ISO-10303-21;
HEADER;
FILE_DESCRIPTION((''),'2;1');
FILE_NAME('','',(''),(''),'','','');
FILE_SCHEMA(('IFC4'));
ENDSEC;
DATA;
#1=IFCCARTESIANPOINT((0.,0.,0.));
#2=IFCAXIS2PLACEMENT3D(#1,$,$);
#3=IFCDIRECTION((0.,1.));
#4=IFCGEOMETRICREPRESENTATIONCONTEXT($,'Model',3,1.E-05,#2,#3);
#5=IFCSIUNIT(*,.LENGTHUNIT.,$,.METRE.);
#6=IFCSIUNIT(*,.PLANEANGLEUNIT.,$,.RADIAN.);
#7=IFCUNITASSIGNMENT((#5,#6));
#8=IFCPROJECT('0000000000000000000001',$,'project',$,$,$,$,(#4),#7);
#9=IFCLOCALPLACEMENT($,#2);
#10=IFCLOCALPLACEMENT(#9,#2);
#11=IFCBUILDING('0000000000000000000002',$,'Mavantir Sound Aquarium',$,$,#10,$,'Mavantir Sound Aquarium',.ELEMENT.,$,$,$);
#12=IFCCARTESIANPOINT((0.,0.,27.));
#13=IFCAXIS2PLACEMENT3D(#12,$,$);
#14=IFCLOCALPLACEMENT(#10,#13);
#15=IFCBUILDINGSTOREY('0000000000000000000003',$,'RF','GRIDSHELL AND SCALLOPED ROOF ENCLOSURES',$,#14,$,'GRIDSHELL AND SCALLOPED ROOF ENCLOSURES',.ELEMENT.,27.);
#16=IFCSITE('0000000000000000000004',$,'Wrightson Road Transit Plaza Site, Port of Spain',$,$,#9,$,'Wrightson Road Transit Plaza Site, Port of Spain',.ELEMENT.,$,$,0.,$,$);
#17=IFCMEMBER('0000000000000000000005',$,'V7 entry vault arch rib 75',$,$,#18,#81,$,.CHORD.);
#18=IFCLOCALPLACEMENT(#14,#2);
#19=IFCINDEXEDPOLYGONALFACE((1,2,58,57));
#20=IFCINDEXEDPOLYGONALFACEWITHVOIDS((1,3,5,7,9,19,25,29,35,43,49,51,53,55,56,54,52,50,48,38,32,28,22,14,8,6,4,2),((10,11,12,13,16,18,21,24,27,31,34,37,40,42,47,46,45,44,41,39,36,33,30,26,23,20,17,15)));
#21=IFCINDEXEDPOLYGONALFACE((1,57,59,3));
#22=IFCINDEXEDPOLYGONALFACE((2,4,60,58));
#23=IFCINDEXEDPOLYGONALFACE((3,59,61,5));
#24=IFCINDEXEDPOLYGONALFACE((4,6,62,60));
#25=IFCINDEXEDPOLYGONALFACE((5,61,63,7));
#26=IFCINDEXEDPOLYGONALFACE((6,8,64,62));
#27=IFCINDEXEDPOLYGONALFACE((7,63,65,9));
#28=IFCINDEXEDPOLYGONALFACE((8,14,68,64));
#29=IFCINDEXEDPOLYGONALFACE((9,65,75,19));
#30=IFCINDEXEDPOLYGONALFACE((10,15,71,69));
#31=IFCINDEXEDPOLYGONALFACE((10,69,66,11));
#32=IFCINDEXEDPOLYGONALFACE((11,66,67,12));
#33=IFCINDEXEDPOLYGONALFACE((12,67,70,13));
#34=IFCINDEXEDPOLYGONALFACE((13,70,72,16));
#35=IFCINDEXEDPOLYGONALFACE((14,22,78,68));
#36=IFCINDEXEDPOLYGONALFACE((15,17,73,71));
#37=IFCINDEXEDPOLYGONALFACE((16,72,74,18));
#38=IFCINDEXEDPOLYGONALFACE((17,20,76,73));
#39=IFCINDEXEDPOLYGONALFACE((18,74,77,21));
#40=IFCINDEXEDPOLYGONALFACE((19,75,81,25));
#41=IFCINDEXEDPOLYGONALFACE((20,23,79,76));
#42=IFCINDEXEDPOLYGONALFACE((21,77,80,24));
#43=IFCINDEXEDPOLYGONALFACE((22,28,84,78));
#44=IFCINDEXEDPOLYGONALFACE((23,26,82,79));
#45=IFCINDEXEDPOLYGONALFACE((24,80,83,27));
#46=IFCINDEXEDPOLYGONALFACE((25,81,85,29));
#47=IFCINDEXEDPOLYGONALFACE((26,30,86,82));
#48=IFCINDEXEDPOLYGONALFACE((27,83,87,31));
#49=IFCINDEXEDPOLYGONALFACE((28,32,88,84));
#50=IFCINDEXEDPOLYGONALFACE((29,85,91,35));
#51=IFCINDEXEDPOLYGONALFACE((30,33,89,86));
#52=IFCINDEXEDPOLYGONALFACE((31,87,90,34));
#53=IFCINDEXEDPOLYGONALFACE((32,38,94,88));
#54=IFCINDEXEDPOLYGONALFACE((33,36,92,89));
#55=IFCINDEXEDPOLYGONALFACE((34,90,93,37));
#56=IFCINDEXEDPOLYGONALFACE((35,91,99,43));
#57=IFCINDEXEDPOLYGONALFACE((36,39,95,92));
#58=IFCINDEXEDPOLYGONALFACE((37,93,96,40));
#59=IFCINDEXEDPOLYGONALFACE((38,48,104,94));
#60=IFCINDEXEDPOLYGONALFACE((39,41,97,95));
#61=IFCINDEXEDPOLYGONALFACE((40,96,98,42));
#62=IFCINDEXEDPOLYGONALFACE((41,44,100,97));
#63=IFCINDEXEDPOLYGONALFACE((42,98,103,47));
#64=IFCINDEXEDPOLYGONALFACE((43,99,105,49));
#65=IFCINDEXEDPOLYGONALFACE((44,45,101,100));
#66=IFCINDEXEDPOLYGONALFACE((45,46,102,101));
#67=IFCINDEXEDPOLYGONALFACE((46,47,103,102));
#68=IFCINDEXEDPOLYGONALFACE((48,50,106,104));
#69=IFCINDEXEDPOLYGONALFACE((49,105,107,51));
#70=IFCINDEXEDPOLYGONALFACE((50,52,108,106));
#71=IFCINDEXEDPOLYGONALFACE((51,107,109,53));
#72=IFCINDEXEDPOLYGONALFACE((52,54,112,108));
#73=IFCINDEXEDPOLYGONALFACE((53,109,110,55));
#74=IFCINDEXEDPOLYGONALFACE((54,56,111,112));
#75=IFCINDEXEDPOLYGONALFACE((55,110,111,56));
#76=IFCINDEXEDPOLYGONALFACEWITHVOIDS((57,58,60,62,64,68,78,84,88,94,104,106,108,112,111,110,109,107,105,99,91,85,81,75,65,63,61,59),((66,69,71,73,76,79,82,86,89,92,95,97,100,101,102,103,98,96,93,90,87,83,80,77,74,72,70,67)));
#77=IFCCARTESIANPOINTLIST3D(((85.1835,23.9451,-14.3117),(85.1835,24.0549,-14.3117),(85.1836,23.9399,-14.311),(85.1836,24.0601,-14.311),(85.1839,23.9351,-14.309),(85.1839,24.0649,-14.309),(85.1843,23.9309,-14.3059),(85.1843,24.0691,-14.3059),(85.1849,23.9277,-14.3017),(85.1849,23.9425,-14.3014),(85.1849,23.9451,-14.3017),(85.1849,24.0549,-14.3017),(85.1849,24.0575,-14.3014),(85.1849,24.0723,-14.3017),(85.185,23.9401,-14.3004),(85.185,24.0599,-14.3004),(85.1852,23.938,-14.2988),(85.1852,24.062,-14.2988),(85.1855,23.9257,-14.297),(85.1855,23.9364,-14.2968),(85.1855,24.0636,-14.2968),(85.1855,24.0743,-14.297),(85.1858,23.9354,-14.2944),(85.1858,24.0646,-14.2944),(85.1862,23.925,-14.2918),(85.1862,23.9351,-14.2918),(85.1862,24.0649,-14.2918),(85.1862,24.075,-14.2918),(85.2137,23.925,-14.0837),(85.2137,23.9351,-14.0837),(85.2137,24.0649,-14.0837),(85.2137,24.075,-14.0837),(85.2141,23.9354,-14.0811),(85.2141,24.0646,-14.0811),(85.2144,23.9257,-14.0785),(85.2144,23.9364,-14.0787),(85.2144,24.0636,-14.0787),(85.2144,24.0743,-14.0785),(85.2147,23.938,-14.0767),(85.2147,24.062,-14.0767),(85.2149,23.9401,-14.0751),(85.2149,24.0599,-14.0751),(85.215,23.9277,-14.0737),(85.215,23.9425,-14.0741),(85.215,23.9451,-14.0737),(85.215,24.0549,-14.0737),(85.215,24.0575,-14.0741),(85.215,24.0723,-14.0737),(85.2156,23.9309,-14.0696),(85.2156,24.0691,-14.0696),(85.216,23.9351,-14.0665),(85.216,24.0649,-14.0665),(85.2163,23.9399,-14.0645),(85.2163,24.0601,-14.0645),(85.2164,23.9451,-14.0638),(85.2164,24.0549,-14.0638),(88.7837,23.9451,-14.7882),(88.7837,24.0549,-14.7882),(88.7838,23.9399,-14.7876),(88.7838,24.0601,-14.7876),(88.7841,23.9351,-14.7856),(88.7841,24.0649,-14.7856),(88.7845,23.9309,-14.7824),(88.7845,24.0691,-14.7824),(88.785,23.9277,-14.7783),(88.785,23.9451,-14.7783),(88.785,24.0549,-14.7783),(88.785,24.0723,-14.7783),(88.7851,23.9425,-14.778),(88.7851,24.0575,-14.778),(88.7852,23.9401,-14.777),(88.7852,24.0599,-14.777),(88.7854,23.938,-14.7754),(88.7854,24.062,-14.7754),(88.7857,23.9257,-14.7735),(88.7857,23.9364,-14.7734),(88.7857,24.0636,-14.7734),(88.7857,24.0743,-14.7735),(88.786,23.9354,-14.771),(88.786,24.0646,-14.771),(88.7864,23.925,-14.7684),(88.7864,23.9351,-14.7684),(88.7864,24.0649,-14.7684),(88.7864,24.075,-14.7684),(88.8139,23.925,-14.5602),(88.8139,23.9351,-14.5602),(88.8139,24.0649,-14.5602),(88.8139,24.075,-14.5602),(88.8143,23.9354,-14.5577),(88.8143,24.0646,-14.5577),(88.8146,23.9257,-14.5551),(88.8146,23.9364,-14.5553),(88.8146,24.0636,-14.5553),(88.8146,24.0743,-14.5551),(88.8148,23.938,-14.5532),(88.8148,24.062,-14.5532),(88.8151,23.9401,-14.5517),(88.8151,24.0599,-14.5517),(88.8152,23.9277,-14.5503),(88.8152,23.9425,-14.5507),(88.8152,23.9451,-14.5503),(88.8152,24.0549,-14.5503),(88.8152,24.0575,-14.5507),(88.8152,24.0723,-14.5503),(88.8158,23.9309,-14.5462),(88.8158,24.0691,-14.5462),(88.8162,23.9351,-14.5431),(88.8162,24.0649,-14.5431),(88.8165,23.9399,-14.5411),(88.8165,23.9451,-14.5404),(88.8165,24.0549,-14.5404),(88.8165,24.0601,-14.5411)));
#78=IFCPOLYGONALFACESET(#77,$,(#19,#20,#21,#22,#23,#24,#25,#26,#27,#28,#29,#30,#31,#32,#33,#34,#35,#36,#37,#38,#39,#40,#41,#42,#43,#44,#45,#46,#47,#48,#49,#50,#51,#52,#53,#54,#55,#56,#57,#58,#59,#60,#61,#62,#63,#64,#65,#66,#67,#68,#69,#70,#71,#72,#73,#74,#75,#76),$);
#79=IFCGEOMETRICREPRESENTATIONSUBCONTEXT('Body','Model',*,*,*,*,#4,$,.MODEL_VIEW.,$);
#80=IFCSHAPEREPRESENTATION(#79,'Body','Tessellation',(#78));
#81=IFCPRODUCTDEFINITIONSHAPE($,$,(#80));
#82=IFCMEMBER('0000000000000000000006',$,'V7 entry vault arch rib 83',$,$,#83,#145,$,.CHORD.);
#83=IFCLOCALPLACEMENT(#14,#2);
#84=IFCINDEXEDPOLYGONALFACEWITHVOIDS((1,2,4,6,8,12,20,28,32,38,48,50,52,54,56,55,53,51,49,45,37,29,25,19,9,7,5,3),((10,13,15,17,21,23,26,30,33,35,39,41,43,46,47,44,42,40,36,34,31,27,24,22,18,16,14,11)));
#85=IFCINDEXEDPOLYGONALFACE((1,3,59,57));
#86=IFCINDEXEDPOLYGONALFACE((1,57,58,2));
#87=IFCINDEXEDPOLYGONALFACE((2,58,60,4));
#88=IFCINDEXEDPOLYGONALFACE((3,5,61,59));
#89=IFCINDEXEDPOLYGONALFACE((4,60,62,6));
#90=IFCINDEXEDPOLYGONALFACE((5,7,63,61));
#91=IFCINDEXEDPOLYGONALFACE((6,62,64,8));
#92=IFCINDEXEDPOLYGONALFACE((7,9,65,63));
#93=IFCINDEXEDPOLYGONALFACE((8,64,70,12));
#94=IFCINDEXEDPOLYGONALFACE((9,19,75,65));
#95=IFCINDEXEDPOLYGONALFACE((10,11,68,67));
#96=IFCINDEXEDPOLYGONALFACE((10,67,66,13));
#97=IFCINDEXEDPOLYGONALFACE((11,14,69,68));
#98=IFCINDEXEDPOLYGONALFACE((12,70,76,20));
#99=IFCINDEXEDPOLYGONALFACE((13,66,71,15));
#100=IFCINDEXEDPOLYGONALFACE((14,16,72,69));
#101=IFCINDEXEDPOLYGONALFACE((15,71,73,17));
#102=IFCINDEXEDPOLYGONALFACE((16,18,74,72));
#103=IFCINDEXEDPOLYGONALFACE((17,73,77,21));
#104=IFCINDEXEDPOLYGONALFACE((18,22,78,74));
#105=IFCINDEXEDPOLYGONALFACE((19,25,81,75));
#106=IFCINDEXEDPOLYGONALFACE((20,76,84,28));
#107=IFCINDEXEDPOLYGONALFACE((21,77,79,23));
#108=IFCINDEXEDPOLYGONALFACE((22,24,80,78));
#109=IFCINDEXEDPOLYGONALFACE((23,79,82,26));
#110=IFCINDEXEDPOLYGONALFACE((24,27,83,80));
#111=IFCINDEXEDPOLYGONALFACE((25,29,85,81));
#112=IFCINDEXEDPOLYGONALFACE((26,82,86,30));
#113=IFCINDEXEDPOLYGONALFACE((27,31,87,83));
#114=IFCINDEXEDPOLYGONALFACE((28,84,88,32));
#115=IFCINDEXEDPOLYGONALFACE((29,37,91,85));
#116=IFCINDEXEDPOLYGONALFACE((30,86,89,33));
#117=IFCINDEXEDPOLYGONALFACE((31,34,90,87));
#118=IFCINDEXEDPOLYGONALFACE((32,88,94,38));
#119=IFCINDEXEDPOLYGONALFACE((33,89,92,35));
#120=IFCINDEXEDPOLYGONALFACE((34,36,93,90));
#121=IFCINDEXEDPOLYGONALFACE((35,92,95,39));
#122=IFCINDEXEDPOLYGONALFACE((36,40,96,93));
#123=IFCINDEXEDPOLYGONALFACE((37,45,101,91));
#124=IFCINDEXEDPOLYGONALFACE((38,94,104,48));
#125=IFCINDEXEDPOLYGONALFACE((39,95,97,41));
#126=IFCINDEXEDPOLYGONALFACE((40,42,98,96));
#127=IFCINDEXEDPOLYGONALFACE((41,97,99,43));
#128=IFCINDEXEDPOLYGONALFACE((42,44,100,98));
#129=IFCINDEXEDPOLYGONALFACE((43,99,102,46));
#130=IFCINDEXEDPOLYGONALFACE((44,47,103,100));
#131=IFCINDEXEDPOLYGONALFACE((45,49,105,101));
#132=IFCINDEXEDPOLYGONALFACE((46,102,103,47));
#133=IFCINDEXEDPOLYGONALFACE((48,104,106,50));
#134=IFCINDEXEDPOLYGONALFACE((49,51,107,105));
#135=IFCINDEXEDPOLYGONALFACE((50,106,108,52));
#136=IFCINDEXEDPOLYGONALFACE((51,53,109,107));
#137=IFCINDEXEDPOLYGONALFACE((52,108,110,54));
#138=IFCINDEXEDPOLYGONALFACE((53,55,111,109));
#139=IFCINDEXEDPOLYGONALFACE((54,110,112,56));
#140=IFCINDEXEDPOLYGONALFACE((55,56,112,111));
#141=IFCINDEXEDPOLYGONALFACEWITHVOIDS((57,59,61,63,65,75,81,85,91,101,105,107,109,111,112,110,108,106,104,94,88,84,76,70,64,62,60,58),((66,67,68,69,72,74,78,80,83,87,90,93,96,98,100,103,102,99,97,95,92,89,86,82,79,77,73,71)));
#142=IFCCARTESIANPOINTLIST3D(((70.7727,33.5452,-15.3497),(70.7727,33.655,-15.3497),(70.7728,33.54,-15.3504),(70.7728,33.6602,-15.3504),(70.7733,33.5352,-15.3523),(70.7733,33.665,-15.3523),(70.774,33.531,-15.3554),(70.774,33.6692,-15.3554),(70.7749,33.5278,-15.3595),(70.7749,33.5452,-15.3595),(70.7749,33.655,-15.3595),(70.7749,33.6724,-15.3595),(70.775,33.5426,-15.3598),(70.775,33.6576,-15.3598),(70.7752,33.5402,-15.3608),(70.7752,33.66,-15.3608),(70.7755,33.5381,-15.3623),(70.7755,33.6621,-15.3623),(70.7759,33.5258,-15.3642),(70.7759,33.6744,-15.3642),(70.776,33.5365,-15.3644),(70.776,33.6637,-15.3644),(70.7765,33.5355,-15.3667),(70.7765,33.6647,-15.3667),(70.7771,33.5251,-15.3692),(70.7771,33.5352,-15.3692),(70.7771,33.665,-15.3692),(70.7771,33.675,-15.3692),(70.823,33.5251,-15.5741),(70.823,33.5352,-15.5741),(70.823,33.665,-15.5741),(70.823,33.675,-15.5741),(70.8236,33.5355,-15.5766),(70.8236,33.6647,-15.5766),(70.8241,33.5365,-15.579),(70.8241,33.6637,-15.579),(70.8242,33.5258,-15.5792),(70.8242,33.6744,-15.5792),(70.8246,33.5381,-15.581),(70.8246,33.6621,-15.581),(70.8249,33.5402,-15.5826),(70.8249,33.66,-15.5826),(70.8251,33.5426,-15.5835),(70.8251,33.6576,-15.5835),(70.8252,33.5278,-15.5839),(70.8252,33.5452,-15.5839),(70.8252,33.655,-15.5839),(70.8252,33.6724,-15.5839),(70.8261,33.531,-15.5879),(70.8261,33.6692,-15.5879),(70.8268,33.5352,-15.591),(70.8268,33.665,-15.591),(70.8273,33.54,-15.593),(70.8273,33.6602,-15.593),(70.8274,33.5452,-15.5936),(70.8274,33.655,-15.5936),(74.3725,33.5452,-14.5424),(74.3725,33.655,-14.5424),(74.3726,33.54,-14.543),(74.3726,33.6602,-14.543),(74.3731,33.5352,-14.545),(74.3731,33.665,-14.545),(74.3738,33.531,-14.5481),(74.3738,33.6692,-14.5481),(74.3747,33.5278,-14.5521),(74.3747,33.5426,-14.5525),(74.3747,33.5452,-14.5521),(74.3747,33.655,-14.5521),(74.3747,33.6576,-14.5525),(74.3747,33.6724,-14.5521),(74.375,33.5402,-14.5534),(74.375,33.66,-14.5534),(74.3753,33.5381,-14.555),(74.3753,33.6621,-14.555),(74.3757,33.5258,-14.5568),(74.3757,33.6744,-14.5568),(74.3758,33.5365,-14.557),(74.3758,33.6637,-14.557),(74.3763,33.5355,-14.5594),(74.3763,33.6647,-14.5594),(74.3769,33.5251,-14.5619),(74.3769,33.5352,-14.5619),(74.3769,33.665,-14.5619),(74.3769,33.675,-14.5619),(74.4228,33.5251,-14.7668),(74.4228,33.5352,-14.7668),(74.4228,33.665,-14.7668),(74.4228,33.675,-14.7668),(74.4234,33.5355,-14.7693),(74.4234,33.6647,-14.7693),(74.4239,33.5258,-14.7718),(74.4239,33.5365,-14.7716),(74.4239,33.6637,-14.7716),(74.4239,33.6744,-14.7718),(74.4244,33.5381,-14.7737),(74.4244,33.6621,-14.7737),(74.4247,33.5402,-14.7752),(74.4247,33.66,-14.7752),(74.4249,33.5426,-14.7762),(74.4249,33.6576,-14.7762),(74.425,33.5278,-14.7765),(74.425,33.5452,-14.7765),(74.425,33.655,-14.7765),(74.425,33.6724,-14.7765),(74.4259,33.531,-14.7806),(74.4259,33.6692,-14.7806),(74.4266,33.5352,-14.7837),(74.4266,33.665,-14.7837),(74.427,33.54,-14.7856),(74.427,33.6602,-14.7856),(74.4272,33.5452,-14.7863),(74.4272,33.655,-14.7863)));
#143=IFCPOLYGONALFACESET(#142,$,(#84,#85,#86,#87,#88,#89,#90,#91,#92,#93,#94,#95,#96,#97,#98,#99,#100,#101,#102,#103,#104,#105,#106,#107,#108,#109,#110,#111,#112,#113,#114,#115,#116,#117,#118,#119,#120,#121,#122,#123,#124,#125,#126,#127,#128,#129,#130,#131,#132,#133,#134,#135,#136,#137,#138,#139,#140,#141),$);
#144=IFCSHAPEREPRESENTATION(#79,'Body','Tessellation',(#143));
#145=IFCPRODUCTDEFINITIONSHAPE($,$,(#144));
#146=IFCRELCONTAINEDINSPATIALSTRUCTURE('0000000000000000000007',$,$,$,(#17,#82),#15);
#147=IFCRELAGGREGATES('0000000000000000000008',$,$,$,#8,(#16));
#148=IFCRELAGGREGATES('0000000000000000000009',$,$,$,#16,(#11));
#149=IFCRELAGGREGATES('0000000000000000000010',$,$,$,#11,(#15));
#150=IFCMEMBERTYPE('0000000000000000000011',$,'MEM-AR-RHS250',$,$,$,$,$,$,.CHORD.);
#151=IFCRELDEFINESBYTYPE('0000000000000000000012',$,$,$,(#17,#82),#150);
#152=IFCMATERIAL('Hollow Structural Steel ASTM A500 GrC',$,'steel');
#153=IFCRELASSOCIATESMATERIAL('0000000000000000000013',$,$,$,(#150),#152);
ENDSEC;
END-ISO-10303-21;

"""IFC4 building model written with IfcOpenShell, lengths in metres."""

from ifc_helpers import new_model, si_unit, direction, frame, origin, origin_2d, place, context, subcontext, project, spatial, hollow_rectangle, extrude, material, material_profile, profile_set, type_object, element, save


model = new_model("IFC4")

# Units and contexts
model_context = context("Model", 3, precision=1e-05, world=origin(), true_north=direction((0.0, 1.0)))
body_context = subcontext(model_context, "Body", "Model", "MODEL_VIEW")
ifc_project = project(units=[si_unit("LENGTHUNIT", "METRE"), si_unit("PLANEANGLEUNIT", "RADIAN")], contexts=[model_context])

# Site, building, storey
site_placement = place(None, origin())
site = spatial("IfcSite", under=ifc_project, at=site_placement, Name="Wrightson Road Transit Plaza Site, Port of Spain", LongName="Wrightson Road Transit Plaza Site, Port of Spain", CompositionType="ELEMENT", RefElevation=0.0)
building_placement = place(site_placement, origin())
building = spatial("IfcBuilding", under=site, at=building_placement, Name="Mavantir Sound Aquarium", LongName="Mavantir Sound Aquarium", CompositionType="ELEMENT")
storey_placement = place(building_placement, frame((0.0, 0.0, 27.0)))
storey = spatial("IfcBuildingStorey", under=building, at=storey_placement, Name="RF", Description="GRIDSHELL AND SCALLOPED ROOF ENCLOSURES", LongName="GRIDSHELL AND SCALLOPED ROOF ENCLOSURES", CompositionType="ELEMENT", Elevation=27.0)

# Shared definitions
ifc_material_1 = material(Name="Hollow Structural Steel ASTM A500 GrC", Category="steel")

# Members
ifc_material_profile_1 = material_profile(ifc_material_1, hollow_rectangle(XDim=0.1499, YDim=0.25, WallThickness=0.01, InnerFilletRadius=0.01, OuterFilletRadius=0.02, at=origin_2d()), Name="RHS 250X150X10")
ifc_profile_set_1 = profile_set([ifc_material_profile_1], Name="Hollow Structural Steel ASTM A500 GrC")
member_type_1 = type_object("IfcMemberType", Name="MEM-AR-RHS250", PredefinedType="CHORD", material=ifc_profile_set_1)
member_1_placement = place(storey_placement, frame((85.2, 24.0, -14.1877), z_axis=(0.991352, 0.0, -0.13123), x_axis=(0.0, 1.0, 0.0)))
element("IfcMember", 1, at=member_1_placement, inside=storey, type_object=member_type_1, Name="V7 entry vault arch rib 75", PredefinedType="CHORD", context=body_context, shape_type="SweptSolid", body=[
    extrude(hollow_rectangle(XDim=0.1499, YDim=0.25, WallThickness=0.01, InnerFilletRadius=0.01, OuterFilletRadius=0.02, at=origin_2d()), origin(), (0.0, 0.0, 1.0), 3.6316),
])
member_2_placement = place(storey_placement, frame((70.8, 33.6001, -15.4717), z_axis=(0.97576, 0.0, 0.218843), x_axis=(0.0, 1.0, 0.0)))
element("IfcMember", 2, at=member_2_placement, inside=storey, type_object=member_type_1, Name="V7 entry vault arch rib 83", PredefinedType="CHORD", context=body_context, shape_type="SweptSolid", body=[
    extrude(hollow_rectangle(XDim=0.1499, YDim=0.25, WallThickness=0.01, InnerFilletRadius=0.01, OuterFilletRadius=0.02, at=origin_2d()), origin(), (0.0, 0.0, 1.0), 3.6892),
])

save(model, "model.ifc")
